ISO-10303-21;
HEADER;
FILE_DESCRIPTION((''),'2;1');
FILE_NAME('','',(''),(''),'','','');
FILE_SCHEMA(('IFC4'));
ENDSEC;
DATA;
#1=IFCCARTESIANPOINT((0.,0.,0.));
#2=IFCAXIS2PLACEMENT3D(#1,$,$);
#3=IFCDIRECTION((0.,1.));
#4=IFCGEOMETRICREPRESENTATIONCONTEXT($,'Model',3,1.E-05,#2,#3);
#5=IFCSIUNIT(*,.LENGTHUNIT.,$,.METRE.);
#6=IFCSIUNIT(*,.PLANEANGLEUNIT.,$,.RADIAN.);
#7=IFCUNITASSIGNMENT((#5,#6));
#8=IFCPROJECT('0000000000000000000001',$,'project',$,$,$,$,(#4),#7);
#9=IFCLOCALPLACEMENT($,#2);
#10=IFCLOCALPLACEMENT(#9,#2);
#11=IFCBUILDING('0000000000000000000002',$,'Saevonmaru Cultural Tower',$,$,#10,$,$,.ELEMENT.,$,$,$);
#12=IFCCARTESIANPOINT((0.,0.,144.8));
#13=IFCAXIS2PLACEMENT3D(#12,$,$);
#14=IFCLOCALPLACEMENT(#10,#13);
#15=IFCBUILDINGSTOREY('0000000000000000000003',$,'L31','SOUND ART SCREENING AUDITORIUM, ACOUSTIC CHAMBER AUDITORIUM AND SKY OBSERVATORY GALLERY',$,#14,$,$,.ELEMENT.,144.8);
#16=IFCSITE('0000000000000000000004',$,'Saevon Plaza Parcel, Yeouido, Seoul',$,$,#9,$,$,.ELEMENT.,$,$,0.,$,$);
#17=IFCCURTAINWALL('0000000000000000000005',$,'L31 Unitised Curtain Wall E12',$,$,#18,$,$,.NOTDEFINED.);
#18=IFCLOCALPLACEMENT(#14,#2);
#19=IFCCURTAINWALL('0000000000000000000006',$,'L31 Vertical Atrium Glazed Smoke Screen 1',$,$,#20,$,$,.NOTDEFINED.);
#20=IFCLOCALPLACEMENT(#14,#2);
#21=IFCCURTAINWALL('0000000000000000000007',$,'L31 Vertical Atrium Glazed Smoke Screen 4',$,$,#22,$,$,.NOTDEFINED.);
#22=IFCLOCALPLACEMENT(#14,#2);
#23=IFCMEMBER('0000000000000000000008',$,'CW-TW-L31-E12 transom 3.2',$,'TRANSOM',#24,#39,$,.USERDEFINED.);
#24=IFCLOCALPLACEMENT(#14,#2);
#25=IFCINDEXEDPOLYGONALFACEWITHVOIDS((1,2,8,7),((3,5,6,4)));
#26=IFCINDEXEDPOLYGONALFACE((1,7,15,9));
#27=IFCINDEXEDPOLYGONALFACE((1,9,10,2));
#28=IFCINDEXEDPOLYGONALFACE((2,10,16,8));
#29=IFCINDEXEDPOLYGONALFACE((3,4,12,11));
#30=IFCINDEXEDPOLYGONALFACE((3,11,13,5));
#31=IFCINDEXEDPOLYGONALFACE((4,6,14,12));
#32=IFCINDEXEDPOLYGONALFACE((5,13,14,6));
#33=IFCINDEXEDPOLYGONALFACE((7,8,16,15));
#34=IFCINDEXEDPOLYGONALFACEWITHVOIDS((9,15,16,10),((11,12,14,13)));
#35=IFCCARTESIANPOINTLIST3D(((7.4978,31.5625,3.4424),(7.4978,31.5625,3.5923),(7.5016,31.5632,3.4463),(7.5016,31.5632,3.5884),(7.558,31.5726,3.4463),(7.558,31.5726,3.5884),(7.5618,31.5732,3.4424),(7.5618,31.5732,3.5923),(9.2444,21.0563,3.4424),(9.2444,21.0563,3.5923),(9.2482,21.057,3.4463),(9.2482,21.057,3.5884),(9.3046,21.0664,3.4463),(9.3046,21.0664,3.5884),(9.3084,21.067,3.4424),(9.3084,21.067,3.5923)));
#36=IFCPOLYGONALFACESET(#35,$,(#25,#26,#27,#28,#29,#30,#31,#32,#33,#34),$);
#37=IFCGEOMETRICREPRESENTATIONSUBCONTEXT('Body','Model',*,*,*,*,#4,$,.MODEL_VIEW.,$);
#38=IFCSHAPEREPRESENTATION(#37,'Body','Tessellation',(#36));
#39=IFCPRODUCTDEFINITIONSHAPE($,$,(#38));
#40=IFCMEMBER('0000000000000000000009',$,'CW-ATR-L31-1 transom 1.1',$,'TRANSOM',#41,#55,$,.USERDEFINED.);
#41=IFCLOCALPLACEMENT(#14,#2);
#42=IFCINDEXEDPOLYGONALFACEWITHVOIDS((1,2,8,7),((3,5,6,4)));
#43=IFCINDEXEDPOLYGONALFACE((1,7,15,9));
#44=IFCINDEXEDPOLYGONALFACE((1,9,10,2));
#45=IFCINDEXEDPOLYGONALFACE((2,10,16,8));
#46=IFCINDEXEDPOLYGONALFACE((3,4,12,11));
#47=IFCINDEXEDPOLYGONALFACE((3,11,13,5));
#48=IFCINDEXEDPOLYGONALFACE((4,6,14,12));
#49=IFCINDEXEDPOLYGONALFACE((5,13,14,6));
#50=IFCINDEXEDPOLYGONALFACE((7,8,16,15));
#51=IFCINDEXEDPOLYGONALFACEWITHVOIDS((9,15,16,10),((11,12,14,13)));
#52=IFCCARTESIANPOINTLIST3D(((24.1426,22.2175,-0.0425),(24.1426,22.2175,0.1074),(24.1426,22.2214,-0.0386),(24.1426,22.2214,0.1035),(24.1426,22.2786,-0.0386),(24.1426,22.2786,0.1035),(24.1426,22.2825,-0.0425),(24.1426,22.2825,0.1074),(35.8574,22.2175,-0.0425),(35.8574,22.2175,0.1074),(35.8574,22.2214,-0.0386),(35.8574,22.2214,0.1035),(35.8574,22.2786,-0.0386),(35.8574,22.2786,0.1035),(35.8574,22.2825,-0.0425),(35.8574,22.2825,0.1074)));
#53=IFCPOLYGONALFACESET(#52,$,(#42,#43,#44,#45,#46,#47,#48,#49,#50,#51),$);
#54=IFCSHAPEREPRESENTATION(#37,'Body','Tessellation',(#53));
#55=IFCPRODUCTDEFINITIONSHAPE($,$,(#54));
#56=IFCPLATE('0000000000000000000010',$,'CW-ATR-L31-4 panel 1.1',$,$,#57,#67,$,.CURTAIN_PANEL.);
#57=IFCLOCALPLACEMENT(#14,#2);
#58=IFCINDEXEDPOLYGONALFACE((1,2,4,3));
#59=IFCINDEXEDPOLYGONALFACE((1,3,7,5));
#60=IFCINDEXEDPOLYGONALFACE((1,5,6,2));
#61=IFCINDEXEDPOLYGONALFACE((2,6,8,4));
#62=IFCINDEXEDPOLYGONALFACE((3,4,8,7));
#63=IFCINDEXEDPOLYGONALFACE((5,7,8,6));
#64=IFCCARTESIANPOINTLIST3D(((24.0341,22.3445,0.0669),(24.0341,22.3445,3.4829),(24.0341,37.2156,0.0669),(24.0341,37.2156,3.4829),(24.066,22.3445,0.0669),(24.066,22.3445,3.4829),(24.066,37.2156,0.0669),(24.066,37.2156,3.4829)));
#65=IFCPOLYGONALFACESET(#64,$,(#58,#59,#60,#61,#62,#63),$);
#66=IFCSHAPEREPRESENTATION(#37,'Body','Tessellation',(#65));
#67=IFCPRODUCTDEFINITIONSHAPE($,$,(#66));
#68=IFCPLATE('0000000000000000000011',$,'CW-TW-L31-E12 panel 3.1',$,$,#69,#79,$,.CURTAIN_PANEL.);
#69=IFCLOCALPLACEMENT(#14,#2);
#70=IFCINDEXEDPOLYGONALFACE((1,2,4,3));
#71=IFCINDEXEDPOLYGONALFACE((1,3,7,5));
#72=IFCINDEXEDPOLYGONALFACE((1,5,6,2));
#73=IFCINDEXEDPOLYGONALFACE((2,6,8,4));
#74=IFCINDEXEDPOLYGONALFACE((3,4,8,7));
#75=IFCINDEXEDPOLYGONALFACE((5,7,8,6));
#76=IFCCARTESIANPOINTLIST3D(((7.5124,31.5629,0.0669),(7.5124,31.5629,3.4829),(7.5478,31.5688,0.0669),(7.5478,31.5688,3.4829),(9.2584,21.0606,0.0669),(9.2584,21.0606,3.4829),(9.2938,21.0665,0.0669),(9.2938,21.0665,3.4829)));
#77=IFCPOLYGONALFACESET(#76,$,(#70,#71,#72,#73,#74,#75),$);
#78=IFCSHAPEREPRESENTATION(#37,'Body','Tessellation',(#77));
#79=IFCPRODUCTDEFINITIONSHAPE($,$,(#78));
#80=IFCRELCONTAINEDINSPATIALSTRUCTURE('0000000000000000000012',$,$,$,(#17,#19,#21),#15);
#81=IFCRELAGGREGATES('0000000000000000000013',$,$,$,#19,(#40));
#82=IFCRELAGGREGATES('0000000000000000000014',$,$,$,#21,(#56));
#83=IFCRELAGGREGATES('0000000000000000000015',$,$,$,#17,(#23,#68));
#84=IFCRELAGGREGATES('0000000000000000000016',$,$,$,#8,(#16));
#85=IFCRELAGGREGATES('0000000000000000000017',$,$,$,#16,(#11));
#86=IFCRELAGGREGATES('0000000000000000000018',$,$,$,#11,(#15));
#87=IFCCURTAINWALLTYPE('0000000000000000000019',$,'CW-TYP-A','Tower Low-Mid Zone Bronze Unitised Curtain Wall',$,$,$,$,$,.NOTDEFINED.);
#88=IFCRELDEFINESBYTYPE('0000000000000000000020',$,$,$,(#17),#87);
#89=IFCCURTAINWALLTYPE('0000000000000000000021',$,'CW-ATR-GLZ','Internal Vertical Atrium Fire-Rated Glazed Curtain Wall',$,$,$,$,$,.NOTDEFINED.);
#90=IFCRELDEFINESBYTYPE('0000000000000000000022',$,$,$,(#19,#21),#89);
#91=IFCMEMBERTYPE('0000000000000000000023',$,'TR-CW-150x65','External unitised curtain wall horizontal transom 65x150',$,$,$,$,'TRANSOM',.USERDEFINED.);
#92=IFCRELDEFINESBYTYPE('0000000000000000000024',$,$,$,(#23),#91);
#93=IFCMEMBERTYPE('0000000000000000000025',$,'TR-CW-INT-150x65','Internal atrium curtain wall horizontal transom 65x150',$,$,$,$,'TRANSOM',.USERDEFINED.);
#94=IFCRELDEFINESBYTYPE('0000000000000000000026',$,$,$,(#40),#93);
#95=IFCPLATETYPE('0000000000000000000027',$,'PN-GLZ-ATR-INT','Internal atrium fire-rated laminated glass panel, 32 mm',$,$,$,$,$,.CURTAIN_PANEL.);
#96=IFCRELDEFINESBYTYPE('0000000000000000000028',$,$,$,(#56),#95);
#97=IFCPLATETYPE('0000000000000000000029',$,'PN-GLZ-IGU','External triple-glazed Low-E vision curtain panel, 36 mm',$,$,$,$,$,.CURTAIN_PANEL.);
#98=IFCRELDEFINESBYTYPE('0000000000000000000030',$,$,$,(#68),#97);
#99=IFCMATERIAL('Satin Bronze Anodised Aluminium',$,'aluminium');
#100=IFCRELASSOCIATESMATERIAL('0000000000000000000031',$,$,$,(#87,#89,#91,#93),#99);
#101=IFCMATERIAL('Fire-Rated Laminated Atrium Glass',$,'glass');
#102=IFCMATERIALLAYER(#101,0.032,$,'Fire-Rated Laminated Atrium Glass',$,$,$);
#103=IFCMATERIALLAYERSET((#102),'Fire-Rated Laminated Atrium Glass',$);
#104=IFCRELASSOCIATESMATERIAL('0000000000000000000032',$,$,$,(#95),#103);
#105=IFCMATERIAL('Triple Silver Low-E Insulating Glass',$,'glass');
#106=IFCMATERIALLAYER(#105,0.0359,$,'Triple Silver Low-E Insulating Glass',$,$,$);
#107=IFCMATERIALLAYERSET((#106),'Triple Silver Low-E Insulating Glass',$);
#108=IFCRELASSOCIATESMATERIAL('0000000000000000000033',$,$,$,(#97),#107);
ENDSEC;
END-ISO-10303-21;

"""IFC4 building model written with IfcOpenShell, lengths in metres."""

from ifc_helpers import new_model, si_unit, direction, frame, origin, origin_2d, place, context, subcontext, project, spatial, rectangle, hollow_rectangle, extrude, material, layer, layer_set, material_profile, profile_set, type_object, element, aggregate, save


model = new_model("IFC4")

# Units and contexts
model_context = context("Model", 3, precision=1e-05, world=origin(), true_north=direction((0.0, 1.0)))
body_context = subcontext(model_context, "Body", "Model", "MODEL_VIEW")
ifc_project = project(units=[si_unit("LENGTHUNIT", "METRE"), si_unit("PLANEANGLEUNIT", "RADIAN")], contexts=[model_context])

# Site, building, storey
site_placement = place(None, origin())
site = spatial("IfcSite", under=ifc_project, at=site_placement, Name="Saevon Plaza Parcel, Yeouido, Seoul", CompositionType="ELEMENT", RefElevation=0.0)
building_placement = place(site_placement, origin())
building = spatial("IfcBuilding", under=site, at=building_placement, Name="Saevonmaru Cultural Tower", CompositionType="ELEMENT")
storey_placement = place(building_placement, frame((0.0, 0.0, 144.8)))
storey = spatial("IfcBuildingStorey", under=building, at=storey_placement, Name="L31", Description="SOUND ART SCREENING AUDITORIUM, ACOUSTIC CHAMBER AUDITORIUM AND SKY OBSERVATORY GALLERY", CompositionType="ELEMENT", Elevation=144.8)

# Curtain wall
ifc_material_1 = material(Name="Satin Bronze Anodised Aluminium", Category="aluminium")
curtain_wall_type_1 = type_object("IfcCurtainWallType", Name="CW-TYP-A", Description="Tower Low-Mid Zone Bronze Unitised Curtain Wall", PredefinedType="NOTDEFINED", material=ifc_material_1)
curtain_wall_1_placement = place(storey_placement, origin())
curtain_wall_1 = element("IfcCurtainWall", 1, at=curtain_wall_1_placement, inside=storey, type_object=curtain_wall_type_1, Name="L31 Unitised Curtain Wall E12", PredefinedType="NOTDEFINED")

# Curtain walls
curtain_wall_type_2 = type_object("IfcCurtainWallType", Name="CW-ATR-GLZ", Description="Internal Vertical Atrium Fire-Rated Glazed Curtain Wall", PredefinedType="NOTDEFINED", material=ifc_material_1)
curtain_wall_2_placement = place(storey_placement, origin())
curtain_wall_2 = element("IfcCurtainWall", 2, at=curtain_wall_2_placement, inside=storey, type_object=curtain_wall_type_2, Name="L31 Vertical Atrium Glazed Smoke Screen 1", PredefinedType="NOTDEFINED")
curtain_wall_3_placement = place(storey_placement, origin())
curtain_wall_3 = element("IfcCurtainWall", 3, at=curtain_wall_3_placement, inside=storey, type_object=curtain_wall_type_2, Name="L31 Vertical Atrium Glazed Smoke Screen 4", PredefinedType="NOTDEFINED")

# Members
ifc_material_profile_1 = material_profile(ifc_material_1, hollow_rectangle(XDim=0.0649, YDim=0.1499, WallThickness=0.0039, at=origin_2d()), Name="ALU-TRAN-150x65x4")
ifc_profile_set_1 = profile_set([ifc_material_profile_1], Name="Satin Bronze Anodised Aluminium")
member_type_1 = type_object("IfcMemberType", Name="TR-CW-150x65", Description="External unitised curtain wall horizontal transom 65x150", ElementType="TRANSOM", PredefinedType="USERDEFINED", material=ifc_profile_set_1)
member_1_placement = place(storey_placement, frame((7.5298, 31.5679, 3.5173), z_axis=(0.163994, -0.986461, 0.0), x_axis=(0.986461, 0.163994, 0.0)))
member_1 = element("IfcMember", 4, at=member_1_placement, type_object=member_type_1, Name="CW-TW-L31-E12 transom 3.2", ObjectType="TRANSOM", PredefinedType="USERDEFINED", context=body_context, shape_type="SweptSolid", body=[
    extrude(hollow_rectangle(XDim=0.0649, YDim=0.1499, WallThickness=0.0039, at=origin_2d()), origin(), (0.0, 0.0, 1.0), 10.6504),
])
ifc_material_profile_2 = material_profile(ifc_material_1, hollow_rectangle(XDim=0.0649, YDim=0.1499, WallThickness=0.0039, at=origin_2d()), Name="ALU-TRAN-150x65x4")
ifc_profile_set_2 = profile_set([ifc_material_profile_2], Name="Satin Bronze Anodised Aluminium")
member_type_2 = type_object("IfcMemberType", Name="TR-CW-INT-150x65", Description="Internal atrium curtain wall horizontal transom 65x150", ElementType="TRANSOM", PredefinedType="USERDEFINED", material=ifc_profile_set_2)
member_2_placement = place(storey_placement, frame((24.1426, 22.25, 0.0325), z_axis=(1.0, 0.0, 0.0), x_axis=(0.0, 1.0, 0.0)))
member_2 = element("IfcMember", 5, at=member_2_placement, type_object=member_type_2, Name="CW-ATR-L31-1 transom 1.1", ObjectType="TRANSOM", PredefinedType="USERDEFINED", context=body_context, shape_type="SweptSolid", body=[
    extrude(hollow_rectangle(XDim=0.0649, YDim=0.1499, WallThickness=0.0039, at=origin_2d()), origin(), (0.0, 0.0, 1.0), 11.7148),
])
aggregate(curtain_wall_2, [member_2])

# Plates
ifc_material_2 = material(Name="Fire-Rated Laminated Atrium Glass", Category="glass")
ifc_layer_1 = layer(ifc_material_2, 0.032, Name="Fire-Rated Laminated Atrium Glass")
ifc_layer_set_1 = layer_set([ifc_layer_1], Name="Fire-Rated Laminated Atrium Glass")
plate_type_1 = type_object("IfcPlateType", Name="PN-GLZ-ATR-INT", Description="Internal atrium fire-rated laminated glass panel, 32 mm", PredefinedType="CURTAIN_PANEL", material=ifc_layer_set_1)
plate_1_placement = place(storey_placement, frame((24.05, 29.78, 0.0669), z_axis=(0.0, 0.0, 1.0), x_axis=(0.0, -1.0, 0.0)))
plate_1 = element("IfcPlate", 6, at=plate_1_placement, type_object=plate_type_1, Name="CW-ATR-L31-4 panel 1.1", PredefinedType="CURTAIN_PANEL", context=body_context, shape_type="SweptSolid", body=[
    extrude(rectangle(XDim=14.8711, YDim=0.032, at=origin_2d()), origin(), (0.0, 0.0, 1.0), 3.416),
])
aggregate(curtain_wall_3, [plate_1])
ifc_material_3 = material(Name="Triple Silver Low-E Insulating Glass", Category="glass")
ifc_layer_2 = layer(ifc_material_3, 0.0359, Name="Triple Silver Low-E Insulating Glass")
ifc_layer_set_2 = layer_set([ifc_layer_2], Name="Triple Silver Low-E Insulating Glass")
plate_type_2 = type_object("IfcPlateType", Name="PN-GLZ-IGU", Description="External triple-glazed Low-E vision curtain panel, 36 mm", PredefinedType="CURTAIN_PANEL", material=ifc_layer_set_2)
plate_2_placement = place(storey_placement, frame((8.4031, 26.3147, 0.0669), z_axis=(0.0, 0.0, 1.0), x_axis=(0.163999, -0.986461, 0.0)))
plate_2 = element("IfcPlate", 7, at=plate_2_placement, type_object=plate_type_2, Name="CW-TW-L31-E12 panel 3.1", PredefinedType="CURTAIN_PANEL", context=body_context, shape_type="SweptSolid", body=[
    extrude(rectangle(XDim=10.6465, YDim=0.0359, at=origin_2d()), origin(), (0.0, 0.0, 1.0), 3.416),
])
aggregate(curtain_wall_1, [member_1, plate_2])

save(model, "model.ifc")
